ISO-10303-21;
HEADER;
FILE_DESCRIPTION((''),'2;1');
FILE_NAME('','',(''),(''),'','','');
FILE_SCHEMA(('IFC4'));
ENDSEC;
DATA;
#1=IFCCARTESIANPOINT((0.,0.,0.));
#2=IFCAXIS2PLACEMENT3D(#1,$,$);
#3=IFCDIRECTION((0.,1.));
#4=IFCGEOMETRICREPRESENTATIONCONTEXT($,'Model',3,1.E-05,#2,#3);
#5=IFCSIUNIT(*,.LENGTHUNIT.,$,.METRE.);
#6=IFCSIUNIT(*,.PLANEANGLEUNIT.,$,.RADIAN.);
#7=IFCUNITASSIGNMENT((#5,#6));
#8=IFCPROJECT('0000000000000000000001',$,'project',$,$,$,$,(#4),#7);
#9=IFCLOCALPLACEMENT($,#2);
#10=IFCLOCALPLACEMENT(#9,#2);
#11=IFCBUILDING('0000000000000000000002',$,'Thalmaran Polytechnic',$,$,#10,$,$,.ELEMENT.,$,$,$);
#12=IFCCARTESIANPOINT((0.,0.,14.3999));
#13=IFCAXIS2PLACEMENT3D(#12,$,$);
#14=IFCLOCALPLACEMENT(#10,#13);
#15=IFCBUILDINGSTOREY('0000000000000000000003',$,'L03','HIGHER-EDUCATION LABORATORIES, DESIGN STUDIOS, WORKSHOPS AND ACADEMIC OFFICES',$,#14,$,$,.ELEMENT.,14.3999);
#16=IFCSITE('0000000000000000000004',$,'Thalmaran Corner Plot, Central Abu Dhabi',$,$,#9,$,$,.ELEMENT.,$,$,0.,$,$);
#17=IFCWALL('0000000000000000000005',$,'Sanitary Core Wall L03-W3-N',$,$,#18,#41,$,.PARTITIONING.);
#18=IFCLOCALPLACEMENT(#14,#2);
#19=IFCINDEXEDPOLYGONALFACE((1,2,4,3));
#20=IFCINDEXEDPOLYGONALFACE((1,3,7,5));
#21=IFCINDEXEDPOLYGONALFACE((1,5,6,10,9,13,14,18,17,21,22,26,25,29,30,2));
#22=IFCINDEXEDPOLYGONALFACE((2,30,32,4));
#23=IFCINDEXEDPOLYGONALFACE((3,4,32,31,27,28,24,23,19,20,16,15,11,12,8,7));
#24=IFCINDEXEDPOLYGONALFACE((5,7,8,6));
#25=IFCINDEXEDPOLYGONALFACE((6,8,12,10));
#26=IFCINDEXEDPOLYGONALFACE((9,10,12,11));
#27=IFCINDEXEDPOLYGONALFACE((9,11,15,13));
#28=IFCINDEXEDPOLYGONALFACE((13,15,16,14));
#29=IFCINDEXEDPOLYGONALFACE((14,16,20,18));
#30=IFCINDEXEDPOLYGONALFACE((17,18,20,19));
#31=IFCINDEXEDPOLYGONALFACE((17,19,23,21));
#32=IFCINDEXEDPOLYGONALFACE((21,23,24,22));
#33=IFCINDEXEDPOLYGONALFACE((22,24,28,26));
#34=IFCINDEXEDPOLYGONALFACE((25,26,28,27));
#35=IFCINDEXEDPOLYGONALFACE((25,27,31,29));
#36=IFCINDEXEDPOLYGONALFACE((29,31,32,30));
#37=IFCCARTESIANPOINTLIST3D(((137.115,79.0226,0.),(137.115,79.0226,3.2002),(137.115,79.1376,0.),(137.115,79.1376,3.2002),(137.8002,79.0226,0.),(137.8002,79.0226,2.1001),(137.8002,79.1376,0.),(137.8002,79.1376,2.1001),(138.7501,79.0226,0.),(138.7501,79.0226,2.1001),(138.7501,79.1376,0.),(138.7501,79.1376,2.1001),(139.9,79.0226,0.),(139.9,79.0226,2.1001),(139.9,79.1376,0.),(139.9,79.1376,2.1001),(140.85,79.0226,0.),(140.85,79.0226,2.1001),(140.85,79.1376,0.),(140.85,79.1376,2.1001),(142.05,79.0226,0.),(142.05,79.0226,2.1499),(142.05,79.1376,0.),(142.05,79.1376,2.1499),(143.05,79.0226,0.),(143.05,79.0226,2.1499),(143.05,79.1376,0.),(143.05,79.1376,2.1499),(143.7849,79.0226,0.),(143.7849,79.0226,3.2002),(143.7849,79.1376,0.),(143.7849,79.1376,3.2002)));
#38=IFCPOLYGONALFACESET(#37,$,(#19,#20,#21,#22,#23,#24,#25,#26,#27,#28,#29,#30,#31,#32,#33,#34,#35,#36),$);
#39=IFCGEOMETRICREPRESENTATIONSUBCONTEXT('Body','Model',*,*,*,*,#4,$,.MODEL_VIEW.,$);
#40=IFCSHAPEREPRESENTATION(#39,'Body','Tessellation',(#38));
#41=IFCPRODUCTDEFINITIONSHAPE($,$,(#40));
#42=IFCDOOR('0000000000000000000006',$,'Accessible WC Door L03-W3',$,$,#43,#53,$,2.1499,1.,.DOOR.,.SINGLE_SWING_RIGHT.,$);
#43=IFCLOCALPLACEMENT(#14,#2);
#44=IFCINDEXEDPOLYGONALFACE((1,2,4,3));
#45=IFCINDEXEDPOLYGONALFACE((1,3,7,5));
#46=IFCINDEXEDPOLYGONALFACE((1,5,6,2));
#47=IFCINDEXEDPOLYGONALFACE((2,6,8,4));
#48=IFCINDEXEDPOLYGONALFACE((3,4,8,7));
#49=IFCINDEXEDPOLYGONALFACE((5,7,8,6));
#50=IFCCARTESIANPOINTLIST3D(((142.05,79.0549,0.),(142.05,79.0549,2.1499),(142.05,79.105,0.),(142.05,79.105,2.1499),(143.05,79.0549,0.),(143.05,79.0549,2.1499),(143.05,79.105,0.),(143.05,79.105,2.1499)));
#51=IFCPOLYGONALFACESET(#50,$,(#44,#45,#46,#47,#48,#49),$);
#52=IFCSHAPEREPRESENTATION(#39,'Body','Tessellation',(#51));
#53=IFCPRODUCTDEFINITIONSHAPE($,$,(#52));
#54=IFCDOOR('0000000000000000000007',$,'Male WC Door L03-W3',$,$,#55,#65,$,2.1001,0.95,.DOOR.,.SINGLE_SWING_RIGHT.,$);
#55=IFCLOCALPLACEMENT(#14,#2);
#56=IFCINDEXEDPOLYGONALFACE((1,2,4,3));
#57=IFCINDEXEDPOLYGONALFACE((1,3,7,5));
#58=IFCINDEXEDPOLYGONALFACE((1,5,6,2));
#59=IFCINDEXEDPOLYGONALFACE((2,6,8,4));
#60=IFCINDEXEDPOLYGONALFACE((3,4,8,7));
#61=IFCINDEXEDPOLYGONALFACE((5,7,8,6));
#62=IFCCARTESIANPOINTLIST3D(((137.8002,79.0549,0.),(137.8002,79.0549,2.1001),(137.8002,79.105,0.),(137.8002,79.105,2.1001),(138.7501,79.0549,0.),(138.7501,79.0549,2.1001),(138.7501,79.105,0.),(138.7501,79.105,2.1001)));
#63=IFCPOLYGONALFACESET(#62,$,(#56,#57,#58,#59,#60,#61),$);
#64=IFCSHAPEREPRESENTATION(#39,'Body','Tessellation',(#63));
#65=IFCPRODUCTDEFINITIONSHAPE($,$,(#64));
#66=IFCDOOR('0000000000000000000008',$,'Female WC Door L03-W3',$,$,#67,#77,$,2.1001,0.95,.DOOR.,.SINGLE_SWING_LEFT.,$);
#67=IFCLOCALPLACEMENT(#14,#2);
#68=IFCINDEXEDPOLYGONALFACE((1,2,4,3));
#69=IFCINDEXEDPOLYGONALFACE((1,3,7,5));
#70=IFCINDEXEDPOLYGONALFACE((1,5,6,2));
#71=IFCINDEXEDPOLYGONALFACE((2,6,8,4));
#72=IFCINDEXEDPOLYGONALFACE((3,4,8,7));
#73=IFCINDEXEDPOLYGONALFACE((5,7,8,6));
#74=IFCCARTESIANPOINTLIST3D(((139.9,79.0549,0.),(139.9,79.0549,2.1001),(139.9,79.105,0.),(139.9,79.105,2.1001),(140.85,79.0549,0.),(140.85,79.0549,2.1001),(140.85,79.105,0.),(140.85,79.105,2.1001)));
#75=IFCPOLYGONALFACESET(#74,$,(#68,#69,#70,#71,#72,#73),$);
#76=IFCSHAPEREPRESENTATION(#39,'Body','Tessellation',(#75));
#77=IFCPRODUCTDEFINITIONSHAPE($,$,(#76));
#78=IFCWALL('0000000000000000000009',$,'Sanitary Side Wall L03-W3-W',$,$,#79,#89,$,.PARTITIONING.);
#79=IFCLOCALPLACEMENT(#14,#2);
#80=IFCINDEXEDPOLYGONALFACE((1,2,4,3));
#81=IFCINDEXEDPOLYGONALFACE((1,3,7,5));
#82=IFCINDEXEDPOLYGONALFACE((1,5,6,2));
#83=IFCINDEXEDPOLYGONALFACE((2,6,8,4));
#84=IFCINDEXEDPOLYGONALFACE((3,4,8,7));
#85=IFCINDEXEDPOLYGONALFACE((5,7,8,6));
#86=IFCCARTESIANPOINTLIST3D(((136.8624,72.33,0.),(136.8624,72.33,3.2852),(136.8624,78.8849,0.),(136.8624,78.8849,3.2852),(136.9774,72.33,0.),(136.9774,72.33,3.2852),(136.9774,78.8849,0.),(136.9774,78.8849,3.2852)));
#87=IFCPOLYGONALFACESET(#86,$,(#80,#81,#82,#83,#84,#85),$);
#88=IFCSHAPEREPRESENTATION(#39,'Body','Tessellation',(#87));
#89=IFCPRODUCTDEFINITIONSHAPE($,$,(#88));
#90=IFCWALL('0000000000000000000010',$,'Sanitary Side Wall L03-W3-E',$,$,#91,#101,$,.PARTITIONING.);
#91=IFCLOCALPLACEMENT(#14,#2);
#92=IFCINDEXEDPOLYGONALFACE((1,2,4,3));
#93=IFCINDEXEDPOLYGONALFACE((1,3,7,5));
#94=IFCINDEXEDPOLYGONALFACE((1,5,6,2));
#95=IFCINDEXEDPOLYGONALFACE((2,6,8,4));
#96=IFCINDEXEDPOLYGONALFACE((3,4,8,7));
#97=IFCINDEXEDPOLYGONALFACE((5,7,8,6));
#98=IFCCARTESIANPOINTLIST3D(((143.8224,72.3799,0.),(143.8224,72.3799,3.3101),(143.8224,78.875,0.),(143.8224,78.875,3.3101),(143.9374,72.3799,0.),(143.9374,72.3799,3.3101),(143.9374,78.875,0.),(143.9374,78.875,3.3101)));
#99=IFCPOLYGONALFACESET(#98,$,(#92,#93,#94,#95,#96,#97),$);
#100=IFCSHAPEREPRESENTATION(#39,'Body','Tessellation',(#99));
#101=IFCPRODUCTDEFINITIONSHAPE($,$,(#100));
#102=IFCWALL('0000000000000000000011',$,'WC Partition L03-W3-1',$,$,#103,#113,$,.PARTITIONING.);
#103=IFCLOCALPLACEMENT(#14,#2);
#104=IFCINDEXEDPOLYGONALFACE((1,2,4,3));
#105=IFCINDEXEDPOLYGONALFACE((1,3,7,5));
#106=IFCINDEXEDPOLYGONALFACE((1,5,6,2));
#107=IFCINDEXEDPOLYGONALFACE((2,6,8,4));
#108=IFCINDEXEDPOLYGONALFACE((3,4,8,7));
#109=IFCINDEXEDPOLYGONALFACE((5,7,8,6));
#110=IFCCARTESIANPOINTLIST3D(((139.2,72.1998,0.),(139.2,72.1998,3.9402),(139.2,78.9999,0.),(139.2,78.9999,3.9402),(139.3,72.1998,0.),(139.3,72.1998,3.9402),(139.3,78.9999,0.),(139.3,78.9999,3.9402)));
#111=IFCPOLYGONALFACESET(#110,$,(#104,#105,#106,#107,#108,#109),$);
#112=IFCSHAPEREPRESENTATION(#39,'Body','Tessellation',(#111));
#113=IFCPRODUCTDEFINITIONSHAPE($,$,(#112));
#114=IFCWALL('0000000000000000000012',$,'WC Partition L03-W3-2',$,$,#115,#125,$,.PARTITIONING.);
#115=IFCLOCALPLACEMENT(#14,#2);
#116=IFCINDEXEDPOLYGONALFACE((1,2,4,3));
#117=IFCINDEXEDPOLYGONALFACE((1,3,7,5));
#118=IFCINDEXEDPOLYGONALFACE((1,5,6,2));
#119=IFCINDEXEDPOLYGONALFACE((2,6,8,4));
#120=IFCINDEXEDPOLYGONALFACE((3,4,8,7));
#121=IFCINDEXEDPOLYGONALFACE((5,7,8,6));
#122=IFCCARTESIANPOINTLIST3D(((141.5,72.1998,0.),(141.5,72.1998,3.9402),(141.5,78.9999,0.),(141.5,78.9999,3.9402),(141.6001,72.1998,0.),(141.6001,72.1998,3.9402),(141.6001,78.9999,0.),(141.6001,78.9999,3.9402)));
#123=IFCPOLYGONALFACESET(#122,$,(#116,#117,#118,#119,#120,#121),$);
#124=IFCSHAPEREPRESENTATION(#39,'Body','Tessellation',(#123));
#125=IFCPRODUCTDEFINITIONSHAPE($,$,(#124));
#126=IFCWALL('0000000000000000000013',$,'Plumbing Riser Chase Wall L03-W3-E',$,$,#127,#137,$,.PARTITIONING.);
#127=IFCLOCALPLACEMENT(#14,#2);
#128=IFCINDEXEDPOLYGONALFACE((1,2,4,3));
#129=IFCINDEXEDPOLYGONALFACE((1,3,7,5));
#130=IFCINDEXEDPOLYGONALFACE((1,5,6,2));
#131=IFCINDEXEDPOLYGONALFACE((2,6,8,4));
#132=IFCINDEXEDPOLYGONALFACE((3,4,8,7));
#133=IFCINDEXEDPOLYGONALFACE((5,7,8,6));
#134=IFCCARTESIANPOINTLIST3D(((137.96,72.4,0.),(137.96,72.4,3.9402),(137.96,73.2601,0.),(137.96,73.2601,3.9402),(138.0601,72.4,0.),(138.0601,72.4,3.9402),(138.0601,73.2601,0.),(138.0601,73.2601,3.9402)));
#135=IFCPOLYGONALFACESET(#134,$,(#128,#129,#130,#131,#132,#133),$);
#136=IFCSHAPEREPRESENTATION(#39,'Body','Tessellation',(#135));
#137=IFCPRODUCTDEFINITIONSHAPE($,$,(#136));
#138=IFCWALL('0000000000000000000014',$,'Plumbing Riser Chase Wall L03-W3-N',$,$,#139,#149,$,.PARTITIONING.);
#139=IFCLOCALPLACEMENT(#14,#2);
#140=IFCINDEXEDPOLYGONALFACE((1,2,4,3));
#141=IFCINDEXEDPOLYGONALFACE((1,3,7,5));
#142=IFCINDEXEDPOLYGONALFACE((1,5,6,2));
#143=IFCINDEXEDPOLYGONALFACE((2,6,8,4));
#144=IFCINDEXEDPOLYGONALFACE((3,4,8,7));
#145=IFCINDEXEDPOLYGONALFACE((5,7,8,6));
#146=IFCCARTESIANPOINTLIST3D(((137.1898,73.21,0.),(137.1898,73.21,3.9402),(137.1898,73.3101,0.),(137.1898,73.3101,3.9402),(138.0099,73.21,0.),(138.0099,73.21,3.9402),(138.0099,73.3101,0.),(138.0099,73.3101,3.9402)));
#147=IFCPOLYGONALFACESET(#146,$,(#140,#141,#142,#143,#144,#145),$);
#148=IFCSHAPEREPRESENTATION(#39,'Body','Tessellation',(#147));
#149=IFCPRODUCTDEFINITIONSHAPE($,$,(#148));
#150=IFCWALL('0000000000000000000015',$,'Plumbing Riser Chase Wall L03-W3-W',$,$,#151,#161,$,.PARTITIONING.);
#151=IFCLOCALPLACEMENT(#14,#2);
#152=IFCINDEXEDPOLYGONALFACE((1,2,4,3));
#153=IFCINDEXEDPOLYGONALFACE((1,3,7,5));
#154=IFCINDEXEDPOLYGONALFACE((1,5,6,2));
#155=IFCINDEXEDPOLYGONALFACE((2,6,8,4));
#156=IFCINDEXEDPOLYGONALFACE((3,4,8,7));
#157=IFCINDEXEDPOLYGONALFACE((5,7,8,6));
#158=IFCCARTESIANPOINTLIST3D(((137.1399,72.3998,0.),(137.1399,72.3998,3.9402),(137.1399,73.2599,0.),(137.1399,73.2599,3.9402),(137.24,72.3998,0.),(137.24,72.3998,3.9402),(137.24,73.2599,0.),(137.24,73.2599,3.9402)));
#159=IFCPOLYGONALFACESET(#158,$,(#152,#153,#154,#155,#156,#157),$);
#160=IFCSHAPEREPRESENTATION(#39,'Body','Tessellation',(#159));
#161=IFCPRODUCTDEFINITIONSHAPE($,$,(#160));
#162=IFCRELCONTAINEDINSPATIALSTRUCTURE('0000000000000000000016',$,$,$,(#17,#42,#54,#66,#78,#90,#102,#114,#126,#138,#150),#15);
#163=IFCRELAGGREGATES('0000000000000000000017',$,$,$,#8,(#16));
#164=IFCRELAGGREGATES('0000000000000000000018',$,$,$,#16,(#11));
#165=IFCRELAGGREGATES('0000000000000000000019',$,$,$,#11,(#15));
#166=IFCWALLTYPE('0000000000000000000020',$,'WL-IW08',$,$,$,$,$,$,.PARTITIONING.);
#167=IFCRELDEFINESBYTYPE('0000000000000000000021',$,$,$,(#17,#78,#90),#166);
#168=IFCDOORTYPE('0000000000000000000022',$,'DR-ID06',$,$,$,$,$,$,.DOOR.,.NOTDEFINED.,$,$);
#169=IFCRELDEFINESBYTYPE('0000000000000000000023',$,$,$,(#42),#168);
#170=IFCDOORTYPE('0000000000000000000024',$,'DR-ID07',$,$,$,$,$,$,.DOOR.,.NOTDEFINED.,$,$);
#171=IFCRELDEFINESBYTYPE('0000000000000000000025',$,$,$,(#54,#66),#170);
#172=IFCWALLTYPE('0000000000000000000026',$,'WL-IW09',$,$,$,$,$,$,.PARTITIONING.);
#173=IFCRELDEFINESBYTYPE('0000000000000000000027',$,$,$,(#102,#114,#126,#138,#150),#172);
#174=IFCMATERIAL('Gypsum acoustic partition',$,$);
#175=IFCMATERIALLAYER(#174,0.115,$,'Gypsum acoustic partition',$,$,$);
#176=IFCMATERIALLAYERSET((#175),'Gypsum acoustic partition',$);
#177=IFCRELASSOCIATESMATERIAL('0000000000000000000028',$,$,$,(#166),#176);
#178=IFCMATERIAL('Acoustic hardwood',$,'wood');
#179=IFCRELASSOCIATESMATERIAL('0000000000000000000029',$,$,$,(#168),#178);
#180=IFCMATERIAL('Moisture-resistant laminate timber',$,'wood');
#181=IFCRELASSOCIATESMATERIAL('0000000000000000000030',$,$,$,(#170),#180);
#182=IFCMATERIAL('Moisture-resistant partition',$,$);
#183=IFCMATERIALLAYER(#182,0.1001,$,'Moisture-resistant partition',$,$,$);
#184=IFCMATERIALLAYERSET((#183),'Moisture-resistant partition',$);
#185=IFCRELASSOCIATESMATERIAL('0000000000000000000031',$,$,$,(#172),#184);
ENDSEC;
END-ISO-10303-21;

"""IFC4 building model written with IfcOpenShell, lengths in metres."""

from ifc_helpers import new_model, si_unit, direction, frame, frame_2d, origin, place, context, subcontext, project, spatial, rectangle, extrude, material, layer, layer_set, type_object, element, fill, save


model = new_model("IFC4")

# Units and contexts
model_context = context("Model", 3, precision=1e-05, world=origin(), true_north=direction((0.0, 1.0)))
body_context = subcontext(model_context, "Body", "Model", "MODEL_VIEW")
ifc_project = project(units=[si_unit("LENGTHUNIT", "METRE"), si_unit("PLANEANGLEUNIT", "RADIAN")], contexts=[model_context])

# Site, building, storey
site_placement = place(None, origin())
site = spatial("IfcSite", under=ifc_project, at=site_placement, Name="Thalmaran Corner Plot, Central Abu Dhabi", CompositionType="ELEMENT", RefElevation=0.0)
building_placement = place(site_placement, origin())
building = spatial("IfcBuilding", under=site, at=building_placement, Name="Thalmaran Polytechnic", CompositionType="ELEMENT")
storey_placement = place(building_placement, frame((0.0, 0.0, 14.3999)))
storey = spatial("IfcBuildingStorey", under=building, at=storey_placement, Name="L03", Description="HIGHER-EDUCATION LABORATORIES, DESIGN STUDIOS, WORKSHOPS AND ACADEMIC OFFICES", CompositionType="ELEMENT", Elevation=14.3999)

# Shared definitions
ifc_material_1 = material(Name="Gypsum acoustic partition")
ifc_layer_1 = layer(ifc_material_1, 0.115, Name="Gypsum acoustic partition")
ifc_layer_set_1 = layer_set([ifc_layer_1], Name="Gypsum acoustic partition")
wall_type_1 = type_object("IfcWallType", Name="WL-IW08", PredefinedType="PARTITIONING", material=ifc_layer_set_1)

# Wall, openings, doors
wall_1_placement = place(storey_placement, frame((137.115, 79.0801, 0.0), z_axis=(0.0, 0.0, 1.0), x_axis=(1.0, 0.0, 0.0)))
wall_1 = element("IfcWall", 1, at=wall_1_placement, inside=storey, type_object=wall_type_1, Name="Sanitary Core Wall L03-W3-N", PredefinedType="PARTITIONING", context=body_context, shape_type="SweptSolid", body=[
    extrude(rectangle(XDim=6.6699, YDim=0.115, at=frame_2d((3.335, 0.0))), origin(), (0.0, 0.0, 1.0), 3.2002),
])
opening_1_placement = place(wall_1_placement, frame((0.6851, 0.0, 0.0)))
opening_1 = element("IfcOpeningElement", 2, at=opening_1_placement, cuts=wall_1, PredefinedType="OPENING", context=body_context, shape_type="SweptSolid", body=[
    extrude(rectangle(XDim=0.95, YDim=2.1001, at=frame_2d((0.4751, 1.05))), frame((0.0, 0.0674, 0.0), z_axis=(0.0, -1.0, 0.0), x_axis=(1.0, 0.0, 0.0)), (0.0, 0.0, 1.0), 0.135),
])
opening_2_placement = place(wall_1_placement, frame((2.7849, 0.0, 0.0)))
opening_2 = element("IfcOpeningElement", 3, at=opening_2_placement, cuts=wall_1, PredefinedType="OPENING", context=body_context, shape_type="SweptSolid", body=[
    extrude(rectangle(XDim=0.95, YDim=2.1001, at=frame_2d((0.4751, 1.05))), frame((0.0, 0.0674, 0.0), z_axis=(0.0, -1.0, 0.0), x_axis=(1.0, 0.0, 0.0)), (0.0, 0.0, 1.0), 0.135),
])
opening_3_placement = place(wall_1_placement, frame((4.9351, 0.0, 0.0)))
opening_3 = element("IfcOpeningElement", 4, at=opening_3_placement, cuts=wall_1, PredefinedType="OPENING", context=body_context, shape_type="SweptSolid", body=[
    extrude(rectangle(XDim=1.0, YDim=2.1499, at=frame_2d((0.5, 1.075))), frame((0.0, 0.0674, 0.0), z_axis=(0.0, -1.0, 0.0), x_axis=(1.0, 0.0, 0.0)), (0.0, 0.0, 1.0), 0.135),
])
ifc_material_2 = material(Name="Acoustic hardwood", Category="wood")
door_type_1 = type_object("IfcDoorType", Name="DR-ID06", OperationType="NOTDEFINED", PredefinedType="DOOR", material=ifc_material_2)
door_1_placement = place(opening_3_placement, origin())
door_1 = element("IfcDoor", 5, at=door_1_placement, inside=storey, type_object=door_type_1, Name="Accessible WC Door L03-W3", OperationType="SINGLE_SWING_RIGHT", OverallHeight=2.1499, OverallWidth=1.0, PredefinedType="DOOR", context=body_context, shape_type="SweptSolid", body=[
    extrude(rectangle(XDim=1.0, YDim=2.1499, at=frame_2d((0.5, 1.075))), frame((0.0, 0.0249, 0.0), z_axis=(0.0, -1.0, 0.0), x_axis=(1.0, 0.0, 0.0)), (0.0, 0.0, 1.0), 0.05),
])
fill(opening_3, door_1)
ifc_material_3 = material(Name="Moisture-resistant laminate timber", Category="wood")
door_type_2 = type_object("IfcDoorType", Name="DR-ID07", OperationType="NOTDEFINED", PredefinedType="DOOR", material=ifc_material_3)
door_2_placement = place(opening_1_placement, origin())
door_2 = element("IfcDoor", 6, at=door_2_placement, inside=storey, type_object=door_type_2, Name="Male WC Door L03-W3", OperationType="SINGLE_SWING_RIGHT", OverallHeight=2.1001, OverallWidth=0.95, PredefinedType="DOOR", context=body_context, shape_type="SweptSolid", body=[
    extrude(rectangle(XDim=0.95, YDim=2.1001, at=frame_2d((0.4751, 1.05))), frame((0.0, 0.0249, 0.0), z_axis=(0.0, -1.0, 0.0), x_axis=(1.0, 0.0, 0.0)), (0.0, 0.0, 1.0), 0.05),
])
fill(opening_1, door_2)
door_3_placement = place(opening_2_placement, origin())
door_3 = element("IfcDoor", 7, at=door_3_placement, inside=storey, type_object=door_type_2, Name="Female WC Door L03-W3", OperationType="SINGLE_SWING_LEFT", OverallHeight=2.1001, OverallWidth=0.95, PredefinedType="DOOR", context=body_context, shape_type="SweptSolid", body=[
    extrude(rectangle(XDim=0.95, YDim=2.1001, at=frame_2d((0.4751, 1.05))), frame((0.0, 0.0249, 0.0), z_axis=(0.0, -1.0, 0.0), x_axis=(1.0, 0.0, 0.0)), (0.0, 0.0, 1.0), 0.05),
])
fill(opening_2, door_3)

# Walls
wall_2_placement = place(storey_placement, frame((136.9199, 72.3301, 0.0), z_axis=(0.0, 0.0, 1.0), x_axis=(0.0, 1.0, 0.0)))
element("IfcWall", 8, at=wall_2_placement, inside=storey, type_object=wall_type_1, Name="Sanitary Side Wall L03-W3-W", PredefinedType="PARTITIONING", context=body_context, shape_type="SweptSolid", body=[
    extrude(rectangle(XDim=6.5549, YDim=0.115, at=frame_2d((3.2773, 0.0))), origin(), (0.0, 0.0, 1.0), 3.2852),
])
wall_3_placement = place(storey_placement, frame((143.8799, 72.3799, 0.0), z_axis=(0.0, 0.0, 1.0), x_axis=(0.0, 1.0, 0.0)))
element("IfcWall", 9, at=wall_3_placement, inside=storey, type_object=wall_type_1, Name="Sanitary Side Wall L03-W3-E", PredefinedType="PARTITIONING", context=body_context, shape_type="SweptSolid", body=[
    extrude(rectangle(XDim=6.4951, YDim=0.115, at=frame_2d((3.2476, 0.0))), origin(), (0.0, 0.0, 1.0), 3.3101),
])
ifc_material_4 = material(Name="Moisture-resistant partition")
ifc_layer_2 = layer(ifc_material_4, 0.1001, Name="Moisture-resistant partition")
ifc_layer_set_2 = layer_set([ifc_layer_2], Name="Moisture-resistant partition")
wall_type_2 = type_object("IfcWallType", Name="WL-IW09", PredefinedType="PARTITIONING", material=ifc_layer_set_2)
for number, where, z_axis, x_axis, name in (
    (10, (139.25, 72.2, 0.0), (0.0, 0.0, 1.0), (0.0, 1.0, 0.0), "WC Partition L03-W3-1"),
    (11, (141.55, 72.2, 0.0), (0.0, 0.0, 1.0), (0.0, 1.0, 0.0), "WC Partition L03-W3-2"),
):
    element("IfcWall", number, at=place(storey_placement, frame(where, z_axis=z_axis, x_axis=x_axis)), inside=storey, type_object=wall_type_2, Name=name, PredefinedType="PARTITIONING", context=body_context, shape_type="SweptSolid", body=[
        extrude(rectangle(XDim=6.8, YDim=0.1001, at=frame_2d((3.3999, 0.0))), origin(), (0.0, 0.0, 1.0), 3.9402),
    ])
wall_4_placement = place(storey_placement, frame((138.01, 72.3999, 0.0), z_axis=(0.0, 0.0, 1.0), x_axis=(0.0, 1.0, 0.0)))
element("IfcWall", 12, at=wall_4_placement, inside=storey, type_object=wall_type_2, Name="Plumbing Riser Chase Wall L03-W3-E", PredefinedType="PARTITIONING", context=body_context, shape_type="SweptSolid", body=[
    extrude(rectangle(XDim=0.8601, YDim=0.1001, at=frame_2d((0.4302, 0.0))), origin(), (0.0, 0.0, 1.0), 3.9402),
])
wall_5_placement = place(storey_placement, frame((138.01, 73.26, 0.0), z_axis=(0.0, 0.0, 1.0), x_axis=(-1.0, 0.0, 0.0)))
element("IfcWall", 13, at=wall_5_placement, inside=storey, type_object=wall_type_2, Name="Plumbing Riser Chase Wall L03-W3-N", PredefinedType="PARTITIONING", context=body_context, shape_type="SweptSolid", body=[
    extrude(rectangle(XDim=0.8201, YDim=0.1001, at=frame_2d((0.4102, 0.0))), origin(), (0.0, 0.0, 1.0), 3.9402),
])
wall_6_placement = place(storey_placement, frame((137.1899, 73.26, 0.0), z_axis=(0.0, 0.0, 1.0), x_axis=(0.0, -1.0, 0.0)))
element("IfcWall", 14, at=wall_6_placement, inside=storey, type_object=wall_type_2, Name="Plumbing Riser Chase Wall L03-W3-W", PredefinedType="PARTITIONING", context=body_context, shape_type="SweptSolid", body=[
    extrude(rectangle(XDim=0.8601, YDim=0.1001, at=frame_2d((0.4302, 0.0))), origin(), (0.0, 0.0, 1.0), 3.9402),
])

save(model, "model.ifc")
